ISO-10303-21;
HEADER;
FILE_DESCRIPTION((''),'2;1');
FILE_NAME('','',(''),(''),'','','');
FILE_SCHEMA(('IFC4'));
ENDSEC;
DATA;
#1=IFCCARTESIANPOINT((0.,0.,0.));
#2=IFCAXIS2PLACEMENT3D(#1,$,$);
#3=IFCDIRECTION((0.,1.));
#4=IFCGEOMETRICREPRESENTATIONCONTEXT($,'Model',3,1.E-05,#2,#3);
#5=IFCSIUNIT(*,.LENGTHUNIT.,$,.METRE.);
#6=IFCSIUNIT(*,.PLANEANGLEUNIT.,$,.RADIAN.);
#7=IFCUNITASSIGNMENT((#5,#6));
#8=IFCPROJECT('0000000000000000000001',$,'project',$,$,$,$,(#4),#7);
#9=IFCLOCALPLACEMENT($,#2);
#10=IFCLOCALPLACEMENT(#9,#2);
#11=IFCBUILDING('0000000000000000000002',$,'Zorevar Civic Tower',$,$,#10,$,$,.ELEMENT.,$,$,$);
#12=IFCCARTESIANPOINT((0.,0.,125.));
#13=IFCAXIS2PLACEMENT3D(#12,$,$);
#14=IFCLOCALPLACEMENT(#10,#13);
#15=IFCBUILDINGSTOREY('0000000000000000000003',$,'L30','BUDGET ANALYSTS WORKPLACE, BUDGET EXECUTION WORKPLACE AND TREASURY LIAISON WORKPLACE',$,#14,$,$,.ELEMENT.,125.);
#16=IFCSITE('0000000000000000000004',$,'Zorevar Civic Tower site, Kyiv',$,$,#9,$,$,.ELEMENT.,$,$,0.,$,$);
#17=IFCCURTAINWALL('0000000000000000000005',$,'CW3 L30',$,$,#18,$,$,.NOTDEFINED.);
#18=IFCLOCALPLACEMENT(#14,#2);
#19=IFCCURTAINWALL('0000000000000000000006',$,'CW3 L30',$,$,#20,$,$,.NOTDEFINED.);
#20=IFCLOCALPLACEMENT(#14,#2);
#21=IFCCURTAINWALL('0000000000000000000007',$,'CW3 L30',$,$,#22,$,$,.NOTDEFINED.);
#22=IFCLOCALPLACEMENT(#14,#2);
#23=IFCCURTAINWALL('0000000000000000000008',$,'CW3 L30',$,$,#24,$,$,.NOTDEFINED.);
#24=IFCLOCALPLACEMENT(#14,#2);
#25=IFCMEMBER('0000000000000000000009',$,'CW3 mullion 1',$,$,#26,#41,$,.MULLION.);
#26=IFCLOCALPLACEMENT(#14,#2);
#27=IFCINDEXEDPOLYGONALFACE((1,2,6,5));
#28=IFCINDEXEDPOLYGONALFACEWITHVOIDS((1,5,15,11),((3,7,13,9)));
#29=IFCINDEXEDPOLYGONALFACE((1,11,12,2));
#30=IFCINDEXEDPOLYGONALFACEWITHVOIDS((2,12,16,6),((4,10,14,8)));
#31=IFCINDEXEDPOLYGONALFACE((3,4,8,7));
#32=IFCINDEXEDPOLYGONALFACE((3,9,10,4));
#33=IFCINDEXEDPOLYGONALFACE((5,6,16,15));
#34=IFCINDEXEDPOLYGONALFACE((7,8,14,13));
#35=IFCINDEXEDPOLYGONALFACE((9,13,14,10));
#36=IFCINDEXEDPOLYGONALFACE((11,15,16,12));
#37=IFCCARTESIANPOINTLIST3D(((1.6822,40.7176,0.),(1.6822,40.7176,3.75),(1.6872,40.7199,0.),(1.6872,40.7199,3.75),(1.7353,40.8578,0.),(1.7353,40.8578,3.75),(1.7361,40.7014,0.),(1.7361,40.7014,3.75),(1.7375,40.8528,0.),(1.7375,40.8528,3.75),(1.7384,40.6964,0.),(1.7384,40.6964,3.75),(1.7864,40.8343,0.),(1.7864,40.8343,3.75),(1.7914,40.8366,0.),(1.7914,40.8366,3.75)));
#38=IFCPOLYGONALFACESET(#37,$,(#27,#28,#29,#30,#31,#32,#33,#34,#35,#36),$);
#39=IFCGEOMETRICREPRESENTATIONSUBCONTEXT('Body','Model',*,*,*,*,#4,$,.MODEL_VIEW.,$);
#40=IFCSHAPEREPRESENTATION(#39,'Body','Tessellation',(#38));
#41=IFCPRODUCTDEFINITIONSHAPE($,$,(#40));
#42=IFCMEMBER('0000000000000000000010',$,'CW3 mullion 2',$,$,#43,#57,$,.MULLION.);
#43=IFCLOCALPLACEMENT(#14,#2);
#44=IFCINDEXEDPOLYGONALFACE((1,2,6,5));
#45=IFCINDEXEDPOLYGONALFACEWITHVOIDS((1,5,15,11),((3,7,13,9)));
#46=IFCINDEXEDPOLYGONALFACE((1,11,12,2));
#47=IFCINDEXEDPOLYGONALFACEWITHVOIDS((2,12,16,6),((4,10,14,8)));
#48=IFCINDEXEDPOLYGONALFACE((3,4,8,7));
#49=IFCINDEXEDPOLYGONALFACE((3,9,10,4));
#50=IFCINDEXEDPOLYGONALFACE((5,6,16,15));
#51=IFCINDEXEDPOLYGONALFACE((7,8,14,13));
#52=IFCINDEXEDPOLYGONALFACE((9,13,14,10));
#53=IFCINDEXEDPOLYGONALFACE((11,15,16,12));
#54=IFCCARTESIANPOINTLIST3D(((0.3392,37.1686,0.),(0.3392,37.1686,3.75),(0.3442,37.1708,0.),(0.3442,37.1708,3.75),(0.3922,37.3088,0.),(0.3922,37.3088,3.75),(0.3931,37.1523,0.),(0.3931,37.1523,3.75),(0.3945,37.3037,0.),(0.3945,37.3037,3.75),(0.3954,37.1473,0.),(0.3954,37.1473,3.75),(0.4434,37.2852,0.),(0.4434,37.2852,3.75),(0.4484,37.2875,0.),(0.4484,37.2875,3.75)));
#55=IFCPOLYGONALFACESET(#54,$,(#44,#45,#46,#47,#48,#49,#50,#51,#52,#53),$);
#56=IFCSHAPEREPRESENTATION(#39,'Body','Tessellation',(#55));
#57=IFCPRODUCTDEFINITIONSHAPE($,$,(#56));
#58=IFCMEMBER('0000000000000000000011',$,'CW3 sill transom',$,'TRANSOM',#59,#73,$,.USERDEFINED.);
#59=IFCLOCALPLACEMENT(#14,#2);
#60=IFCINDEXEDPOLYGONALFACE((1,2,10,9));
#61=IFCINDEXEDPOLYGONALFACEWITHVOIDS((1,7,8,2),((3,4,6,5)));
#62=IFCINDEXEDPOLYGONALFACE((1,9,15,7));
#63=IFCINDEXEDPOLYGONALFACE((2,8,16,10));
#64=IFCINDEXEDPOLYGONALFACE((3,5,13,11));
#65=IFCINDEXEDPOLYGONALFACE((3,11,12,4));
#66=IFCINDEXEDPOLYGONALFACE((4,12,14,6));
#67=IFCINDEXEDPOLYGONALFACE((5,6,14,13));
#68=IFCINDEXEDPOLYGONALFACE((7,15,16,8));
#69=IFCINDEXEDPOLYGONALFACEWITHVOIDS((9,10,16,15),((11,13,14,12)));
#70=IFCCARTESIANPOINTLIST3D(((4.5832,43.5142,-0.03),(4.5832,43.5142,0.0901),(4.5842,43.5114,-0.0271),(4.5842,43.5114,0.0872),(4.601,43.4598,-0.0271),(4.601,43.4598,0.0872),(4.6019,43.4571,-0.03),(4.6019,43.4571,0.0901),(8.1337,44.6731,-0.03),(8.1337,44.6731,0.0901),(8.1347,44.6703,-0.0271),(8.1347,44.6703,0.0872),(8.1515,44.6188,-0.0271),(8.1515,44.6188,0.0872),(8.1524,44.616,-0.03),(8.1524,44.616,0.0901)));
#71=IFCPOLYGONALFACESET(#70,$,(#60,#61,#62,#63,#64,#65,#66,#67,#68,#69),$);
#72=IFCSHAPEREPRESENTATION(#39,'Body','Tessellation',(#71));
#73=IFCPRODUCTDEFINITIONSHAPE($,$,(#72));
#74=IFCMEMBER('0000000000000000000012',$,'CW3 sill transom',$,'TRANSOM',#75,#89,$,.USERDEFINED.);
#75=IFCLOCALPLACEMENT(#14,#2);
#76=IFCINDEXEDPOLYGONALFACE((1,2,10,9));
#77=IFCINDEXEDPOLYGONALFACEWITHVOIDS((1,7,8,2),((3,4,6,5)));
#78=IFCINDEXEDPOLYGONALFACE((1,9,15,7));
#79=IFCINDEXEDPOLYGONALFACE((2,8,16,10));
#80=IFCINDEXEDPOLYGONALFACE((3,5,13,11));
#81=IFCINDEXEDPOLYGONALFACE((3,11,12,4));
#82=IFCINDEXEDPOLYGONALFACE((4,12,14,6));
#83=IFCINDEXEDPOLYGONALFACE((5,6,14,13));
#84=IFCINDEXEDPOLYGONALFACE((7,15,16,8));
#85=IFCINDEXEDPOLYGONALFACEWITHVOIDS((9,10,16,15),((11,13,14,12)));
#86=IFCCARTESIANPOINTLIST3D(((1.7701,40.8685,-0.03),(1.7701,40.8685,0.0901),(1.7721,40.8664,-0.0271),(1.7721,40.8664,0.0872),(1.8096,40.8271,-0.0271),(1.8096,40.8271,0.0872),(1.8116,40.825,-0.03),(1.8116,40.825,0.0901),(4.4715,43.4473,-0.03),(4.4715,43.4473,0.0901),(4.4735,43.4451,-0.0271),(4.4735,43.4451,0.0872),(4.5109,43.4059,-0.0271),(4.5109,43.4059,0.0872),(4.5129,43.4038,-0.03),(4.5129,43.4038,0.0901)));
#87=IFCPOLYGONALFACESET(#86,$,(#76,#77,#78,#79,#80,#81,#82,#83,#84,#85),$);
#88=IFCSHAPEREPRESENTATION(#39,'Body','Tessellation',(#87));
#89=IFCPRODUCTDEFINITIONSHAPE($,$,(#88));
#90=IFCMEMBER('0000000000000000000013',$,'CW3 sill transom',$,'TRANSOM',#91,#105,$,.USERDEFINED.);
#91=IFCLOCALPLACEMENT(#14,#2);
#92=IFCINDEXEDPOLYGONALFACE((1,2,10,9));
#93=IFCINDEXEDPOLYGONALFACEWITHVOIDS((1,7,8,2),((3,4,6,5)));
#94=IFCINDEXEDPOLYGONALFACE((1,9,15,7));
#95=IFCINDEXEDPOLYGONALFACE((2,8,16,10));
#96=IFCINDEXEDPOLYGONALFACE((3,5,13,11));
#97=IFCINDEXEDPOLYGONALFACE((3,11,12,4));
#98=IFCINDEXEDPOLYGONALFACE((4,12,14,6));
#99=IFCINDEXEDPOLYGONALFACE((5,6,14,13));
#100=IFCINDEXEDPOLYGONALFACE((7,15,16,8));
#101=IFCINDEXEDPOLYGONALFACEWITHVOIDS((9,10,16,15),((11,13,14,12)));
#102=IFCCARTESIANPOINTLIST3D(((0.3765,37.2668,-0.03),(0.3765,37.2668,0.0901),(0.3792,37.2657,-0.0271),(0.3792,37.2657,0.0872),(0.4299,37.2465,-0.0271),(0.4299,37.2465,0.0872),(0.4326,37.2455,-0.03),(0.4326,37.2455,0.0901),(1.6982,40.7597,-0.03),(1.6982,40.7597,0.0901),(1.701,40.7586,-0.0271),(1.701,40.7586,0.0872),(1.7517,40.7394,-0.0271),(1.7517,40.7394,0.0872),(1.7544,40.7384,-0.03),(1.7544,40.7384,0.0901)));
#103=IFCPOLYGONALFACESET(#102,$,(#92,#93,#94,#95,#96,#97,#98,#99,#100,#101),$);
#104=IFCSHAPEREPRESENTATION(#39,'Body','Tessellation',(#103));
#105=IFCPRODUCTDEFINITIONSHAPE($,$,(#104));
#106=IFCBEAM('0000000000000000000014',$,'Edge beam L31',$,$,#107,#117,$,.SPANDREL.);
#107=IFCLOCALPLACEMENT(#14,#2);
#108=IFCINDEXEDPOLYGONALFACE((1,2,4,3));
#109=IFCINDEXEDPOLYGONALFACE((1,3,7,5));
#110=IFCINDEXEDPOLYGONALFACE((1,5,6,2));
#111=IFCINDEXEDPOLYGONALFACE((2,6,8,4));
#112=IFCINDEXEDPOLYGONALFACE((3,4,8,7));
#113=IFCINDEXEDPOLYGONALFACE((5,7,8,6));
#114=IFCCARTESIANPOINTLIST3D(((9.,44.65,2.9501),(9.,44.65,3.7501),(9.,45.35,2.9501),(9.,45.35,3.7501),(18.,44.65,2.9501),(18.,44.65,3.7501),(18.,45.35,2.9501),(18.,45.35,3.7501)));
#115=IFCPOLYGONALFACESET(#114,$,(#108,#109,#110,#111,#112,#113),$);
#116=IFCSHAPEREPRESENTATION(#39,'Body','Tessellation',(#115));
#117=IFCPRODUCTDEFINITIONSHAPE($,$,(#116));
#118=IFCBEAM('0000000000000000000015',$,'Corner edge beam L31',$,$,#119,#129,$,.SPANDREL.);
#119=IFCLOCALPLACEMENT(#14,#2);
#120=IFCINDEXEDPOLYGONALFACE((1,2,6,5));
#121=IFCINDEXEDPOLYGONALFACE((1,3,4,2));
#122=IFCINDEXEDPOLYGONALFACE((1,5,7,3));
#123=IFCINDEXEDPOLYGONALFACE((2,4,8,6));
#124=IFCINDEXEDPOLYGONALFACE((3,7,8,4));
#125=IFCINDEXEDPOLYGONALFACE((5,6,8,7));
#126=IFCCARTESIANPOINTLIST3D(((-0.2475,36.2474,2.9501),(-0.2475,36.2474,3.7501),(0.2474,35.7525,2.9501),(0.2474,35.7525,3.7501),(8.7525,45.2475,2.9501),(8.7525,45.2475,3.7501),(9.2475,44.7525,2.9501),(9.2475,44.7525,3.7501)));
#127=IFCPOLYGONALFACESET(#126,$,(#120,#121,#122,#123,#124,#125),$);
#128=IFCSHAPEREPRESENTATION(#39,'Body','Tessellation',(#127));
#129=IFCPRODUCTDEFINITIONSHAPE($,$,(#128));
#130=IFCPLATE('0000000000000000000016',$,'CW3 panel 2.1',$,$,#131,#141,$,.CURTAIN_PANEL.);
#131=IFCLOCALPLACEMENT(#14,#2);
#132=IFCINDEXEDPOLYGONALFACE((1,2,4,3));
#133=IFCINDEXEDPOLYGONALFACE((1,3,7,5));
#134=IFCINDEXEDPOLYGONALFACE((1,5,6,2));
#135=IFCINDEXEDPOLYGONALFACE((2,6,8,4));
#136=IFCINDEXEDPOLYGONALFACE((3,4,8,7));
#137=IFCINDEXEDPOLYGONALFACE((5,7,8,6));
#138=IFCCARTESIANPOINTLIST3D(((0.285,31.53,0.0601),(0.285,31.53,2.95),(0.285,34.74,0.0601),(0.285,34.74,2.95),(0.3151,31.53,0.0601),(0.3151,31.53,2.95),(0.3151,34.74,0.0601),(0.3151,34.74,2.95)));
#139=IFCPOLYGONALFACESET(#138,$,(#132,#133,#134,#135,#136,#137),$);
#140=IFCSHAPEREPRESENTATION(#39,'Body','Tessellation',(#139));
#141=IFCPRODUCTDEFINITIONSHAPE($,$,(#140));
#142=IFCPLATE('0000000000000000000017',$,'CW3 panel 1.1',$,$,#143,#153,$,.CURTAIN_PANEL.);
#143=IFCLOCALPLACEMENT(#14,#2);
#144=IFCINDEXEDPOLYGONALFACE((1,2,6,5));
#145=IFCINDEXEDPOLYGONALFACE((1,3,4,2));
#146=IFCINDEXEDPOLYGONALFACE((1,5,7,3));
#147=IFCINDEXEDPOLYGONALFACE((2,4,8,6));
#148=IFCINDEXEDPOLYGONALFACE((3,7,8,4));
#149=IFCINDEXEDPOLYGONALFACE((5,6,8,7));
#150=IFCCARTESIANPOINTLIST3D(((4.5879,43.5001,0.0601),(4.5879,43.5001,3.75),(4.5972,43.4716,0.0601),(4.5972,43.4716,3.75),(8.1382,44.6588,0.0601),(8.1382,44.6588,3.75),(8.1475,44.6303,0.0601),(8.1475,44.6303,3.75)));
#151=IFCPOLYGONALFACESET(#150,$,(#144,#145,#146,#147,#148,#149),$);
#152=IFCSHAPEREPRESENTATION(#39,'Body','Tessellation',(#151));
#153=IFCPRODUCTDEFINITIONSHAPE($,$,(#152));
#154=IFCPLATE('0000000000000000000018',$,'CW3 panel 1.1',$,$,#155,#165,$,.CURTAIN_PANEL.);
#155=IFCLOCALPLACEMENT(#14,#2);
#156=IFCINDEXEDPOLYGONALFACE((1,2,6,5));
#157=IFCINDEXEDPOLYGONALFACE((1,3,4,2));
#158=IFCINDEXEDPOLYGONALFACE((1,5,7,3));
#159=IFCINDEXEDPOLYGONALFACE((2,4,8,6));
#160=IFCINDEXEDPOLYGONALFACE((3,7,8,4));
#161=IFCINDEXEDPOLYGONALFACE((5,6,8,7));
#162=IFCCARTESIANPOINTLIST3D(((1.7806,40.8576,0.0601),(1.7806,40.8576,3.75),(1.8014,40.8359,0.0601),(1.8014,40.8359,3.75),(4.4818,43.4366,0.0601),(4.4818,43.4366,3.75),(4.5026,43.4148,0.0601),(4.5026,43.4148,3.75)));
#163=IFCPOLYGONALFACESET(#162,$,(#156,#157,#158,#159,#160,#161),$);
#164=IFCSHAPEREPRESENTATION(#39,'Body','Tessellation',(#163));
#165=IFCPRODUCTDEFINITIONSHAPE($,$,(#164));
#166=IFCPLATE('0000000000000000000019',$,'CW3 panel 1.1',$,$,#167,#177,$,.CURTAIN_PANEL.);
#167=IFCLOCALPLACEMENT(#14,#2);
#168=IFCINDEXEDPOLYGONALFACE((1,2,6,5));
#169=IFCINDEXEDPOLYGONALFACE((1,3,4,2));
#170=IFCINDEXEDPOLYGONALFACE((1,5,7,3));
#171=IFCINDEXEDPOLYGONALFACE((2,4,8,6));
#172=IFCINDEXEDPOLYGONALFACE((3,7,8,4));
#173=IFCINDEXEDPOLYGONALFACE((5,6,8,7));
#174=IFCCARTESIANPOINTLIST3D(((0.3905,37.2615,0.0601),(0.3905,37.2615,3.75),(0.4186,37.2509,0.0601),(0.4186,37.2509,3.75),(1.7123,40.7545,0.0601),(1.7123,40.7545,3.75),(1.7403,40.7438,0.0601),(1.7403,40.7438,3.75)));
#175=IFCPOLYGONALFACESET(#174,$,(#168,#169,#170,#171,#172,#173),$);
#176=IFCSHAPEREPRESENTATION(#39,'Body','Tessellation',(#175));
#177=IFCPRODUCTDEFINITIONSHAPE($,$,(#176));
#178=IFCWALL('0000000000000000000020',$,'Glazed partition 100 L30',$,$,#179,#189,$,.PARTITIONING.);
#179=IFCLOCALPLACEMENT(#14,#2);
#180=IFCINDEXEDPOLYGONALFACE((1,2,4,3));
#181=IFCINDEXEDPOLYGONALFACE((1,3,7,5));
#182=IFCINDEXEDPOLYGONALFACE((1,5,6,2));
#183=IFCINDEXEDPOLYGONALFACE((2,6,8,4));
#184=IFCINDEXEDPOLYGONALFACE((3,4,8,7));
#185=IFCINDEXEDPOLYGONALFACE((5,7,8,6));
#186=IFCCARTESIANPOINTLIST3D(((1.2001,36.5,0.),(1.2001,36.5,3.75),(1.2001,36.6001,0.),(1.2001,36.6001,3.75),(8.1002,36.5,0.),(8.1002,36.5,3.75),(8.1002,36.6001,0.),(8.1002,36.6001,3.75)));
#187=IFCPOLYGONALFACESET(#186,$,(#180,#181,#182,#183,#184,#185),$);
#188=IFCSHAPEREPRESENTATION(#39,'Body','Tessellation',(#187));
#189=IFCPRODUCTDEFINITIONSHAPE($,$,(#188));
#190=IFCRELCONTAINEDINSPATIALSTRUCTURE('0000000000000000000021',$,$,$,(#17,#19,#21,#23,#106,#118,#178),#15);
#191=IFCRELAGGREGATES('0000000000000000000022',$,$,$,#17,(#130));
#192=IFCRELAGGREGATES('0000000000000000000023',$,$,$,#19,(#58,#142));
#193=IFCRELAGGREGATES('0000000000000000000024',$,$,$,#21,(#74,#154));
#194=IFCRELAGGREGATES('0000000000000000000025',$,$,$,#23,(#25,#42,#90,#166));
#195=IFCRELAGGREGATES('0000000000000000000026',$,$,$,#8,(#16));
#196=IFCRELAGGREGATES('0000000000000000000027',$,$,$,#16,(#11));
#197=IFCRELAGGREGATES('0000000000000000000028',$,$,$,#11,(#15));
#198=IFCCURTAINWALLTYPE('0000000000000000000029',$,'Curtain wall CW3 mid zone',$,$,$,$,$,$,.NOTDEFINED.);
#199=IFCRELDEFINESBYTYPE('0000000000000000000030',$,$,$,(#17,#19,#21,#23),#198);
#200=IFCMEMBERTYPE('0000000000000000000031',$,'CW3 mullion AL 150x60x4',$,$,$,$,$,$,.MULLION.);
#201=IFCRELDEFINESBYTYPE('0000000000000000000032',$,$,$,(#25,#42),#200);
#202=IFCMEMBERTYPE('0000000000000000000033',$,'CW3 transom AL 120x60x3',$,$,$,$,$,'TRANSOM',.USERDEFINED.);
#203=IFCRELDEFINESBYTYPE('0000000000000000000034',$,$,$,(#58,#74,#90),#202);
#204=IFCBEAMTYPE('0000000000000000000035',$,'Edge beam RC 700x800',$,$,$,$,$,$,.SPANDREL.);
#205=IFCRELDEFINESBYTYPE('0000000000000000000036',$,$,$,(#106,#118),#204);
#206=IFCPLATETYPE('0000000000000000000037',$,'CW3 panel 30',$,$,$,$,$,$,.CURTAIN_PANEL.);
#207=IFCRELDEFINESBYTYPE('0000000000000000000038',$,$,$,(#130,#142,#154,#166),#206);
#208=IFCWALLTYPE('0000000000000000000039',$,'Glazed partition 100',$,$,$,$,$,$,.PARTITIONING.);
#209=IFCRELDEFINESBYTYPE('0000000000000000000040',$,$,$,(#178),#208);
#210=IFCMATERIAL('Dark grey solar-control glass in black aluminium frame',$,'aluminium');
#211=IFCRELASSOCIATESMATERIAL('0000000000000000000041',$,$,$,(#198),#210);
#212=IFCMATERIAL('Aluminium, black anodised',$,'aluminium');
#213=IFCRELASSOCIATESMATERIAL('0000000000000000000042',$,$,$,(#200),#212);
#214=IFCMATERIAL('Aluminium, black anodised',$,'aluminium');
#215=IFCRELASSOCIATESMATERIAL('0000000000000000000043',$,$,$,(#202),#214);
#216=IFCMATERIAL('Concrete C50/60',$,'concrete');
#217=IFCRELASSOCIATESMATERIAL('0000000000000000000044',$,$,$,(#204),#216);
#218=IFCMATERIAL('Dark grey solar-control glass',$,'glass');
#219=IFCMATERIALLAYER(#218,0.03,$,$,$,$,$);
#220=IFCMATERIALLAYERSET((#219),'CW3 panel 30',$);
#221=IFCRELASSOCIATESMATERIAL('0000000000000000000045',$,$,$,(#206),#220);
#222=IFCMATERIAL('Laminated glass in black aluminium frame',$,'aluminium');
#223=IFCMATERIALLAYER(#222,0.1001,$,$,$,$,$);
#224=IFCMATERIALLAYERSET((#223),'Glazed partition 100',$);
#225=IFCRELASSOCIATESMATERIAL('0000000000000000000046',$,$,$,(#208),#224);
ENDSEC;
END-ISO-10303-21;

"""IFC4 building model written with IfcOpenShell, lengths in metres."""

from ifc_helpers import new_model, si_unit, direction, frame, frame_2d, origin, origin_2d, place, context, subcontext, project, spatial, rectangle, hollow_rectangle, extrude, material, layer, layer_set, material_profile, profile_set, type_object, element, aggregate, save


model = new_model("IFC4")

# Units and contexts
model_context = context("Model", 3, precision=1e-05, world=origin(), true_north=direction((0.0, 1.0)))
body_context = subcontext(model_context, "Body", "Model", "MODEL_VIEW")
ifc_project = project(units=[si_unit("LENGTHUNIT", "METRE"), si_unit("PLANEANGLEUNIT", "RADIAN")], contexts=[model_context])

# Site, building, storey
site_placement = place(None, origin())
site = spatial("IfcSite", under=ifc_project, at=site_placement, Name="Zorevar Civic Tower site, Kyiv", CompositionType="ELEMENT", RefElevation=0.0)
building_placement = place(site_placement, origin())
building = spatial("IfcBuilding", under=site, at=building_placement, Name="Zorevar Civic Tower", CompositionType="ELEMENT")
storey_placement = place(building_placement, frame((0.0, 0.0, 125.0)))
storey = spatial("IfcBuildingStorey", under=building, at=storey_placement, Name="L30", Description="BUDGET ANALYSTS WORKPLACE, BUDGET EXECUTION WORKPLACE AND TREASURY LIAISON WORKPLACE", CompositionType="ELEMENT", Elevation=125.0)

# Curtain wall
ifc_material_1 = material(Name="Dark grey solar-control glass in black aluminium frame", Category="aluminium")
curtain_wall_type = type_object("IfcCurtainWallType", Name="Curtain wall CW3 mid zone", PredefinedType="NOTDEFINED", material=ifc_material_1)
curtain_wall_1_placement = place(storey_placement, origin())
curtain_wall_1 = element("IfcCurtainWall", 1, at=curtain_wall_1_placement, inside=storey, type_object=curtain_wall_type, Name="CW3 L30", PredefinedType="NOTDEFINED")
ifc_material_2 = material(Name="Aluminium, black anodised", Category="aluminium")
ifc_material_profile_1 = material_profile(ifc_material_2, hollow_rectangle(XDim=0.0601, YDim=0.1499, WallThickness=0.0039, at=origin_2d()), Name="AL 150x60x4")
ifc_profile_set_1 = profile_set([ifc_material_profile_1], Name="Aluminium, black anodised")
member_type_1 = type_object("IfcMemberType", Name="CW3 mullion AL 150x60x4", PredefinedType="MULLION", material=ifc_profile_set_1)

# Curtain walls, members
curtain_wall_2_placement = place(storey_placement, origin())
curtain_wall_2 = element("IfcCurtainWall", 2, at=curtain_wall_2_placement, inside=storey, type_object=curtain_wall_type, Name="CW3 L30", PredefinedType="NOTDEFINED")
curtain_wall_3_placement = place(storey_placement, origin())
curtain_wall_3 = element("IfcCurtainWall", 3, at=curtain_wall_3_placement, inside=storey, type_object=curtain_wall_type, Name="CW3 L30", PredefinedType="NOTDEFINED")
curtain_wall_4_placement = place(storey_placement, origin())
curtain_wall_4 = element("IfcCurtainWall", 4, at=curtain_wall_4_placement, inside=storey, type_object=curtain_wall_type, Name="CW3 L30", PredefinedType="NOTDEFINED")
member_1_placement = place(storey_placement, frame((1.7368, 40.7771, 0.0), z_axis=(0.0, 0.0, 1.0), x_axis=(0.935277, -0.353918, 0.0)))
member_1 = element("IfcMember", 5, at=member_1_placement, type_object=member_type_1, Name="CW3 mullion 1", PredefinedType="MULLION", context=body_context, shape_type="SweptSolid", body=[
    extrude(hollow_rectangle(XDim=0.0601, YDim=0.1499, WallThickness=0.0039, at=origin_2d()), origin(), (0.0, 0.0, 1.0), 3.75),
])
member_2_placement = place(storey_placement, frame((0.3938, 37.228, 0.0), z_axis=(0.0, 0.0, 1.0), x_axis=(0.935277, -0.353918, 0.0)))
member_2 = element("IfcMember", 6, at=member_2_placement, type_object=member_type_1, Name="CW3 mullion 2", PredefinedType="MULLION", context=body_context, shape_type="SweptSolid", body=[
    extrude(hollow_rectangle(XDim=0.0601, YDim=0.1499, WallThickness=0.0039, at=origin_2d()), origin(), (0.0, 0.0, 1.0), 3.75),
])

# Members
ifc_material_3 = material(Name="Aluminium, black anodised", Category="aluminium")
ifc_material_profile_2 = material_profile(ifc_material_3, hollow_rectangle(XDim=0.0601, YDim=0.1201, WallThickness=0.0029, at=origin_2d()), Name="AL 120x60x3")
ifc_profile_set_2 = profile_set([ifc_material_profile_2], Name="Aluminium, black anodised")
member_type_2 = type_object("IfcMemberType", Name="CW3 transom AL 120x60x3", ElementType="TRANSOM", PredefinedType="USERDEFINED", material=ifc_profile_set_2)
member_3_placement = place(storey_placement, frame((8.1431, 44.6445, 0.03), z_axis=(-0.950639, -0.310299, 0.0), x_axis=(0.310299, -0.950639, 0.0)))
member_3 = element("IfcMember", 7, at=member_3_placement, type_object=member_type_2, Name="CW3 sill transom", ObjectType="TRANSOM", PredefinedType="USERDEFINED", context=body_context, shape_type="SweptSolid", body=[
    extrude(hollow_rectangle(XDim=0.0601, YDim=0.1201, WallThickness=0.0029, at=origin_2d()), origin(), (0.0, 0.0, 1.0), 3.7349),
])
member_4_placement = place(storey_placement, frame((4.4922, 43.4255, 0.03), z_axis=(-0.723324, -0.690508, 0.0), x_axis=(0.690508, -0.723324, 0.0)))
member_4 = element("IfcMember", 8, at=member_4_placement, type_object=member_type_2, Name="CW3 sill transom", ObjectType="TRANSOM", PredefinedType="USERDEFINED", context=body_context, shape_type="SweptSolid", body=[
    extrude(hollow_rectangle(XDim=0.0601, YDim=0.1201, WallThickness=0.0029, at=origin_2d()), origin(), (0.0, 0.0, 1.0), 3.7346),
])
member_5_placement = place(storey_placement, frame((1.7263, 40.749, 0.03), z_axis=(-0.353923, -0.935275, 0.0), x_axis=(0.935275, -0.353923, 0.0)))
member_5 = element("IfcMember", 9, at=member_5_placement, type_object=member_type_2, Name="CW3 sill transom", ObjectType="TRANSOM", PredefinedType="USERDEFINED", context=body_context, shape_type="SweptSolid", body=[
    extrude(hollow_rectangle(XDim=0.0601, YDim=0.1201, WallThickness=0.0029, at=origin_2d()), origin(), (0.0, 0.0, 1.0), 3.7346),
])

# Beams
ifc_material_4 = material(Name="Concrete C50/60", Category="concrete")
ifc_material_profile_3 = material_profile(ifc_material_4, rectangle(XDim=0.7, YDim=0.8, at=origin_2d()), Name="RC 700x800")
ifc_profile_set_3 = profile_set([ifc_material_profile_3], Name="Concrete C50/60")
beam_type_1 = type_object("IfcBeamType", Name="Edge beam RC 700x800", PredefinedType="SPANDREL", material=ifc_profile_set_3)
beam_1_placement = place(storey_placement, frame((9.0, 45.0, 3.3501), z_axis=(1.0, 0.0, 0.0), x_axis=(0.0, 1.0, 0.0)))
element("IfcBeam", 10, at=beam_1_placement, inside=storey, type_object=beam_type_1, Name="Edge beam L31", PredefinedType="SPANDREL", context=body_context, shape_type="SweptSolid", body=[
    extrude(rectangle(XDim=0.7, YDim=0.8, at=origin_2d()), origin(), (0.0, 0.0, 1.0), 9.0),
])
beam_2_placement = place(storey_placement, frame((9.0, 45.0, 3.3501), z_axis=(-0.707107, -0.707107, 0.0), x_axis=(0.707107, -0.707107, 0.0)))
element("IfcBeam", 11, at=beam_2_placement, inside=storey, type_object=beam_type_1, Name="Corner edge beam L31", PredefinedType="SPANDREL", context=body_context, shape_type="SweptSolid", body=[
    extrude(rectangle(XDim=0.7, YDim=0.8, at=origin_2d()), origin(), (0.0, 0.0, 1.0), 12.728),
])

# Plates
ifc_material_5 = material(Name="Dark grey solar-control glass", Category="glass")
ifc_layer_1 = layer(ifc_material_5, 0.03)
ifc_layer_set_1 = layer_set([ifc_layer_1], Name="CW3 panel 30")
plate_type = type_object("IfcPlateType", Name="CW3 panel 30", PredefinedType="CURTAIN_PANEL", material=ifc_layer_set_1)
plate_1_placement = place(storey_placement, frame((0.3, 33.135, 0.0601), z_axis=(0.0, 0.0, 1.0), x_axis=(0.0, 1.0, 0.0)))
plate_1 = element("IfcPlate", 12, at=plate_1_placement, type_object=plate_type, Name="CW3 panel 2.1", PredefinedType="CURTAIN_PANEL", context=body_context, shape_type="SweptSolid", body=[
    extrude(rectangle(XDim=3.21, YDim=0.03, at=origin_2d()), origin(), (0.0, 0.0, 1.0), 2.8899),
])
aggregate(curtain_wall_1, [plate_1])
plate_2_placement = place(storey_placement, frame((6.3677, 44.0652, 0.0601), z_axis=(0.0, 0.0, 1.0), x_axis=(-0.950651, -0.310263, 0.0)))
plate_2 = element("IfcPlate", 13, at=plate_2_placement, type_object=plate_type, Name="CW3 panel 1.1", PredefinedType="CURTAIN_PANEL", context=body_context, shape_type="SweptSolid", body=[
    extrude(rectangle(XDim=3.7346, YDim=0.03, at=origin_2d()), origin(), (0.0, 0.0, 1.0), 3.6899),
])
aggregate(curtain_wall_2, [member_3, plate_2])
plate_3_placement = place(storey_placement, frame((3.1416, 42.1362, 0.0601), z_axis=(0.0, 0.0, 1.0), x_axis=(-0.723289, -0.690545, 0.0)))
plate_3 = element("IfcPlate", 14, at=plate_3_placement, type_object=plate_type, Name="CW3 panel 1.1", PredefinedType="CURTAIN_PANEL", context=body_context, shape_type="SweptSolid", body=[
    extrude(rectangle(XDim=3.7346, YDim=0.03, at=origin_2d()), origin(), (0.0, 0.0, 1.0), 3.6899),
])
aggregate(curtain_wall_3, [member_4, plate_3])
plate_4_placement = place(storey_placement, frame((1.0654, 39.0027, 0.0601), z_axis=(0.0, 0.0, 1.0), x_axis=(-0.353918, -0.935277, 0.0)))
plate_4 = element("IfcPlate", 15, at=plate_4_placement, type_object=plate_type, Name="CW3 panel 1.1", PredefinedType="CURTAIN_PANEL", context=body_context, shape_type="SweptSolid", body=[
    extrude(rectangle(XDim=3.7346, YDim=0.03, at=origin_2d()), origin(), (0.0, 0.0, 1.0), 3.6899),
])
aggregate(curtain_wall_4, [member_1, member_2, member_5, plate_4])

# Wall
ifc_material_6 = material(Name="Laminated glass in black aluminium frame", Category="aluminium")
ifc_layer_2 = layer(ifc_material_6, 0.1001)
ifc_layer_set_2 = layer_set([ifc_layer_2], Name="Glazed partition 100")
wall_type = type_object("IfcWallType", Name="Glazed partition 100", PredefinedType="PARTITIONING", material=ifc_layer_set_2)
wall_placement = place(storey_placement, frame((1.2, 36.55, 0.0), z_axis=(0.0, 0.0, 1.0), x_axis=(1.0, 0.0, 0.0)))
element("IfcWall", 16, at=wall_placement, inside=storey, type_object=wall_type, Name="Glazed partition 100 L30", PredefinedType="PARTITIONING", context=body_context, shape_type="SweptSolid", body=[
    extrude(rectangle(XDim=6.9001, YDim=0.1001, at=frame_2d((3.4502, 0.0))), origin(), (0.0, 0.0, 1.0), 3.75),
])

save(model, "model.ifc")
